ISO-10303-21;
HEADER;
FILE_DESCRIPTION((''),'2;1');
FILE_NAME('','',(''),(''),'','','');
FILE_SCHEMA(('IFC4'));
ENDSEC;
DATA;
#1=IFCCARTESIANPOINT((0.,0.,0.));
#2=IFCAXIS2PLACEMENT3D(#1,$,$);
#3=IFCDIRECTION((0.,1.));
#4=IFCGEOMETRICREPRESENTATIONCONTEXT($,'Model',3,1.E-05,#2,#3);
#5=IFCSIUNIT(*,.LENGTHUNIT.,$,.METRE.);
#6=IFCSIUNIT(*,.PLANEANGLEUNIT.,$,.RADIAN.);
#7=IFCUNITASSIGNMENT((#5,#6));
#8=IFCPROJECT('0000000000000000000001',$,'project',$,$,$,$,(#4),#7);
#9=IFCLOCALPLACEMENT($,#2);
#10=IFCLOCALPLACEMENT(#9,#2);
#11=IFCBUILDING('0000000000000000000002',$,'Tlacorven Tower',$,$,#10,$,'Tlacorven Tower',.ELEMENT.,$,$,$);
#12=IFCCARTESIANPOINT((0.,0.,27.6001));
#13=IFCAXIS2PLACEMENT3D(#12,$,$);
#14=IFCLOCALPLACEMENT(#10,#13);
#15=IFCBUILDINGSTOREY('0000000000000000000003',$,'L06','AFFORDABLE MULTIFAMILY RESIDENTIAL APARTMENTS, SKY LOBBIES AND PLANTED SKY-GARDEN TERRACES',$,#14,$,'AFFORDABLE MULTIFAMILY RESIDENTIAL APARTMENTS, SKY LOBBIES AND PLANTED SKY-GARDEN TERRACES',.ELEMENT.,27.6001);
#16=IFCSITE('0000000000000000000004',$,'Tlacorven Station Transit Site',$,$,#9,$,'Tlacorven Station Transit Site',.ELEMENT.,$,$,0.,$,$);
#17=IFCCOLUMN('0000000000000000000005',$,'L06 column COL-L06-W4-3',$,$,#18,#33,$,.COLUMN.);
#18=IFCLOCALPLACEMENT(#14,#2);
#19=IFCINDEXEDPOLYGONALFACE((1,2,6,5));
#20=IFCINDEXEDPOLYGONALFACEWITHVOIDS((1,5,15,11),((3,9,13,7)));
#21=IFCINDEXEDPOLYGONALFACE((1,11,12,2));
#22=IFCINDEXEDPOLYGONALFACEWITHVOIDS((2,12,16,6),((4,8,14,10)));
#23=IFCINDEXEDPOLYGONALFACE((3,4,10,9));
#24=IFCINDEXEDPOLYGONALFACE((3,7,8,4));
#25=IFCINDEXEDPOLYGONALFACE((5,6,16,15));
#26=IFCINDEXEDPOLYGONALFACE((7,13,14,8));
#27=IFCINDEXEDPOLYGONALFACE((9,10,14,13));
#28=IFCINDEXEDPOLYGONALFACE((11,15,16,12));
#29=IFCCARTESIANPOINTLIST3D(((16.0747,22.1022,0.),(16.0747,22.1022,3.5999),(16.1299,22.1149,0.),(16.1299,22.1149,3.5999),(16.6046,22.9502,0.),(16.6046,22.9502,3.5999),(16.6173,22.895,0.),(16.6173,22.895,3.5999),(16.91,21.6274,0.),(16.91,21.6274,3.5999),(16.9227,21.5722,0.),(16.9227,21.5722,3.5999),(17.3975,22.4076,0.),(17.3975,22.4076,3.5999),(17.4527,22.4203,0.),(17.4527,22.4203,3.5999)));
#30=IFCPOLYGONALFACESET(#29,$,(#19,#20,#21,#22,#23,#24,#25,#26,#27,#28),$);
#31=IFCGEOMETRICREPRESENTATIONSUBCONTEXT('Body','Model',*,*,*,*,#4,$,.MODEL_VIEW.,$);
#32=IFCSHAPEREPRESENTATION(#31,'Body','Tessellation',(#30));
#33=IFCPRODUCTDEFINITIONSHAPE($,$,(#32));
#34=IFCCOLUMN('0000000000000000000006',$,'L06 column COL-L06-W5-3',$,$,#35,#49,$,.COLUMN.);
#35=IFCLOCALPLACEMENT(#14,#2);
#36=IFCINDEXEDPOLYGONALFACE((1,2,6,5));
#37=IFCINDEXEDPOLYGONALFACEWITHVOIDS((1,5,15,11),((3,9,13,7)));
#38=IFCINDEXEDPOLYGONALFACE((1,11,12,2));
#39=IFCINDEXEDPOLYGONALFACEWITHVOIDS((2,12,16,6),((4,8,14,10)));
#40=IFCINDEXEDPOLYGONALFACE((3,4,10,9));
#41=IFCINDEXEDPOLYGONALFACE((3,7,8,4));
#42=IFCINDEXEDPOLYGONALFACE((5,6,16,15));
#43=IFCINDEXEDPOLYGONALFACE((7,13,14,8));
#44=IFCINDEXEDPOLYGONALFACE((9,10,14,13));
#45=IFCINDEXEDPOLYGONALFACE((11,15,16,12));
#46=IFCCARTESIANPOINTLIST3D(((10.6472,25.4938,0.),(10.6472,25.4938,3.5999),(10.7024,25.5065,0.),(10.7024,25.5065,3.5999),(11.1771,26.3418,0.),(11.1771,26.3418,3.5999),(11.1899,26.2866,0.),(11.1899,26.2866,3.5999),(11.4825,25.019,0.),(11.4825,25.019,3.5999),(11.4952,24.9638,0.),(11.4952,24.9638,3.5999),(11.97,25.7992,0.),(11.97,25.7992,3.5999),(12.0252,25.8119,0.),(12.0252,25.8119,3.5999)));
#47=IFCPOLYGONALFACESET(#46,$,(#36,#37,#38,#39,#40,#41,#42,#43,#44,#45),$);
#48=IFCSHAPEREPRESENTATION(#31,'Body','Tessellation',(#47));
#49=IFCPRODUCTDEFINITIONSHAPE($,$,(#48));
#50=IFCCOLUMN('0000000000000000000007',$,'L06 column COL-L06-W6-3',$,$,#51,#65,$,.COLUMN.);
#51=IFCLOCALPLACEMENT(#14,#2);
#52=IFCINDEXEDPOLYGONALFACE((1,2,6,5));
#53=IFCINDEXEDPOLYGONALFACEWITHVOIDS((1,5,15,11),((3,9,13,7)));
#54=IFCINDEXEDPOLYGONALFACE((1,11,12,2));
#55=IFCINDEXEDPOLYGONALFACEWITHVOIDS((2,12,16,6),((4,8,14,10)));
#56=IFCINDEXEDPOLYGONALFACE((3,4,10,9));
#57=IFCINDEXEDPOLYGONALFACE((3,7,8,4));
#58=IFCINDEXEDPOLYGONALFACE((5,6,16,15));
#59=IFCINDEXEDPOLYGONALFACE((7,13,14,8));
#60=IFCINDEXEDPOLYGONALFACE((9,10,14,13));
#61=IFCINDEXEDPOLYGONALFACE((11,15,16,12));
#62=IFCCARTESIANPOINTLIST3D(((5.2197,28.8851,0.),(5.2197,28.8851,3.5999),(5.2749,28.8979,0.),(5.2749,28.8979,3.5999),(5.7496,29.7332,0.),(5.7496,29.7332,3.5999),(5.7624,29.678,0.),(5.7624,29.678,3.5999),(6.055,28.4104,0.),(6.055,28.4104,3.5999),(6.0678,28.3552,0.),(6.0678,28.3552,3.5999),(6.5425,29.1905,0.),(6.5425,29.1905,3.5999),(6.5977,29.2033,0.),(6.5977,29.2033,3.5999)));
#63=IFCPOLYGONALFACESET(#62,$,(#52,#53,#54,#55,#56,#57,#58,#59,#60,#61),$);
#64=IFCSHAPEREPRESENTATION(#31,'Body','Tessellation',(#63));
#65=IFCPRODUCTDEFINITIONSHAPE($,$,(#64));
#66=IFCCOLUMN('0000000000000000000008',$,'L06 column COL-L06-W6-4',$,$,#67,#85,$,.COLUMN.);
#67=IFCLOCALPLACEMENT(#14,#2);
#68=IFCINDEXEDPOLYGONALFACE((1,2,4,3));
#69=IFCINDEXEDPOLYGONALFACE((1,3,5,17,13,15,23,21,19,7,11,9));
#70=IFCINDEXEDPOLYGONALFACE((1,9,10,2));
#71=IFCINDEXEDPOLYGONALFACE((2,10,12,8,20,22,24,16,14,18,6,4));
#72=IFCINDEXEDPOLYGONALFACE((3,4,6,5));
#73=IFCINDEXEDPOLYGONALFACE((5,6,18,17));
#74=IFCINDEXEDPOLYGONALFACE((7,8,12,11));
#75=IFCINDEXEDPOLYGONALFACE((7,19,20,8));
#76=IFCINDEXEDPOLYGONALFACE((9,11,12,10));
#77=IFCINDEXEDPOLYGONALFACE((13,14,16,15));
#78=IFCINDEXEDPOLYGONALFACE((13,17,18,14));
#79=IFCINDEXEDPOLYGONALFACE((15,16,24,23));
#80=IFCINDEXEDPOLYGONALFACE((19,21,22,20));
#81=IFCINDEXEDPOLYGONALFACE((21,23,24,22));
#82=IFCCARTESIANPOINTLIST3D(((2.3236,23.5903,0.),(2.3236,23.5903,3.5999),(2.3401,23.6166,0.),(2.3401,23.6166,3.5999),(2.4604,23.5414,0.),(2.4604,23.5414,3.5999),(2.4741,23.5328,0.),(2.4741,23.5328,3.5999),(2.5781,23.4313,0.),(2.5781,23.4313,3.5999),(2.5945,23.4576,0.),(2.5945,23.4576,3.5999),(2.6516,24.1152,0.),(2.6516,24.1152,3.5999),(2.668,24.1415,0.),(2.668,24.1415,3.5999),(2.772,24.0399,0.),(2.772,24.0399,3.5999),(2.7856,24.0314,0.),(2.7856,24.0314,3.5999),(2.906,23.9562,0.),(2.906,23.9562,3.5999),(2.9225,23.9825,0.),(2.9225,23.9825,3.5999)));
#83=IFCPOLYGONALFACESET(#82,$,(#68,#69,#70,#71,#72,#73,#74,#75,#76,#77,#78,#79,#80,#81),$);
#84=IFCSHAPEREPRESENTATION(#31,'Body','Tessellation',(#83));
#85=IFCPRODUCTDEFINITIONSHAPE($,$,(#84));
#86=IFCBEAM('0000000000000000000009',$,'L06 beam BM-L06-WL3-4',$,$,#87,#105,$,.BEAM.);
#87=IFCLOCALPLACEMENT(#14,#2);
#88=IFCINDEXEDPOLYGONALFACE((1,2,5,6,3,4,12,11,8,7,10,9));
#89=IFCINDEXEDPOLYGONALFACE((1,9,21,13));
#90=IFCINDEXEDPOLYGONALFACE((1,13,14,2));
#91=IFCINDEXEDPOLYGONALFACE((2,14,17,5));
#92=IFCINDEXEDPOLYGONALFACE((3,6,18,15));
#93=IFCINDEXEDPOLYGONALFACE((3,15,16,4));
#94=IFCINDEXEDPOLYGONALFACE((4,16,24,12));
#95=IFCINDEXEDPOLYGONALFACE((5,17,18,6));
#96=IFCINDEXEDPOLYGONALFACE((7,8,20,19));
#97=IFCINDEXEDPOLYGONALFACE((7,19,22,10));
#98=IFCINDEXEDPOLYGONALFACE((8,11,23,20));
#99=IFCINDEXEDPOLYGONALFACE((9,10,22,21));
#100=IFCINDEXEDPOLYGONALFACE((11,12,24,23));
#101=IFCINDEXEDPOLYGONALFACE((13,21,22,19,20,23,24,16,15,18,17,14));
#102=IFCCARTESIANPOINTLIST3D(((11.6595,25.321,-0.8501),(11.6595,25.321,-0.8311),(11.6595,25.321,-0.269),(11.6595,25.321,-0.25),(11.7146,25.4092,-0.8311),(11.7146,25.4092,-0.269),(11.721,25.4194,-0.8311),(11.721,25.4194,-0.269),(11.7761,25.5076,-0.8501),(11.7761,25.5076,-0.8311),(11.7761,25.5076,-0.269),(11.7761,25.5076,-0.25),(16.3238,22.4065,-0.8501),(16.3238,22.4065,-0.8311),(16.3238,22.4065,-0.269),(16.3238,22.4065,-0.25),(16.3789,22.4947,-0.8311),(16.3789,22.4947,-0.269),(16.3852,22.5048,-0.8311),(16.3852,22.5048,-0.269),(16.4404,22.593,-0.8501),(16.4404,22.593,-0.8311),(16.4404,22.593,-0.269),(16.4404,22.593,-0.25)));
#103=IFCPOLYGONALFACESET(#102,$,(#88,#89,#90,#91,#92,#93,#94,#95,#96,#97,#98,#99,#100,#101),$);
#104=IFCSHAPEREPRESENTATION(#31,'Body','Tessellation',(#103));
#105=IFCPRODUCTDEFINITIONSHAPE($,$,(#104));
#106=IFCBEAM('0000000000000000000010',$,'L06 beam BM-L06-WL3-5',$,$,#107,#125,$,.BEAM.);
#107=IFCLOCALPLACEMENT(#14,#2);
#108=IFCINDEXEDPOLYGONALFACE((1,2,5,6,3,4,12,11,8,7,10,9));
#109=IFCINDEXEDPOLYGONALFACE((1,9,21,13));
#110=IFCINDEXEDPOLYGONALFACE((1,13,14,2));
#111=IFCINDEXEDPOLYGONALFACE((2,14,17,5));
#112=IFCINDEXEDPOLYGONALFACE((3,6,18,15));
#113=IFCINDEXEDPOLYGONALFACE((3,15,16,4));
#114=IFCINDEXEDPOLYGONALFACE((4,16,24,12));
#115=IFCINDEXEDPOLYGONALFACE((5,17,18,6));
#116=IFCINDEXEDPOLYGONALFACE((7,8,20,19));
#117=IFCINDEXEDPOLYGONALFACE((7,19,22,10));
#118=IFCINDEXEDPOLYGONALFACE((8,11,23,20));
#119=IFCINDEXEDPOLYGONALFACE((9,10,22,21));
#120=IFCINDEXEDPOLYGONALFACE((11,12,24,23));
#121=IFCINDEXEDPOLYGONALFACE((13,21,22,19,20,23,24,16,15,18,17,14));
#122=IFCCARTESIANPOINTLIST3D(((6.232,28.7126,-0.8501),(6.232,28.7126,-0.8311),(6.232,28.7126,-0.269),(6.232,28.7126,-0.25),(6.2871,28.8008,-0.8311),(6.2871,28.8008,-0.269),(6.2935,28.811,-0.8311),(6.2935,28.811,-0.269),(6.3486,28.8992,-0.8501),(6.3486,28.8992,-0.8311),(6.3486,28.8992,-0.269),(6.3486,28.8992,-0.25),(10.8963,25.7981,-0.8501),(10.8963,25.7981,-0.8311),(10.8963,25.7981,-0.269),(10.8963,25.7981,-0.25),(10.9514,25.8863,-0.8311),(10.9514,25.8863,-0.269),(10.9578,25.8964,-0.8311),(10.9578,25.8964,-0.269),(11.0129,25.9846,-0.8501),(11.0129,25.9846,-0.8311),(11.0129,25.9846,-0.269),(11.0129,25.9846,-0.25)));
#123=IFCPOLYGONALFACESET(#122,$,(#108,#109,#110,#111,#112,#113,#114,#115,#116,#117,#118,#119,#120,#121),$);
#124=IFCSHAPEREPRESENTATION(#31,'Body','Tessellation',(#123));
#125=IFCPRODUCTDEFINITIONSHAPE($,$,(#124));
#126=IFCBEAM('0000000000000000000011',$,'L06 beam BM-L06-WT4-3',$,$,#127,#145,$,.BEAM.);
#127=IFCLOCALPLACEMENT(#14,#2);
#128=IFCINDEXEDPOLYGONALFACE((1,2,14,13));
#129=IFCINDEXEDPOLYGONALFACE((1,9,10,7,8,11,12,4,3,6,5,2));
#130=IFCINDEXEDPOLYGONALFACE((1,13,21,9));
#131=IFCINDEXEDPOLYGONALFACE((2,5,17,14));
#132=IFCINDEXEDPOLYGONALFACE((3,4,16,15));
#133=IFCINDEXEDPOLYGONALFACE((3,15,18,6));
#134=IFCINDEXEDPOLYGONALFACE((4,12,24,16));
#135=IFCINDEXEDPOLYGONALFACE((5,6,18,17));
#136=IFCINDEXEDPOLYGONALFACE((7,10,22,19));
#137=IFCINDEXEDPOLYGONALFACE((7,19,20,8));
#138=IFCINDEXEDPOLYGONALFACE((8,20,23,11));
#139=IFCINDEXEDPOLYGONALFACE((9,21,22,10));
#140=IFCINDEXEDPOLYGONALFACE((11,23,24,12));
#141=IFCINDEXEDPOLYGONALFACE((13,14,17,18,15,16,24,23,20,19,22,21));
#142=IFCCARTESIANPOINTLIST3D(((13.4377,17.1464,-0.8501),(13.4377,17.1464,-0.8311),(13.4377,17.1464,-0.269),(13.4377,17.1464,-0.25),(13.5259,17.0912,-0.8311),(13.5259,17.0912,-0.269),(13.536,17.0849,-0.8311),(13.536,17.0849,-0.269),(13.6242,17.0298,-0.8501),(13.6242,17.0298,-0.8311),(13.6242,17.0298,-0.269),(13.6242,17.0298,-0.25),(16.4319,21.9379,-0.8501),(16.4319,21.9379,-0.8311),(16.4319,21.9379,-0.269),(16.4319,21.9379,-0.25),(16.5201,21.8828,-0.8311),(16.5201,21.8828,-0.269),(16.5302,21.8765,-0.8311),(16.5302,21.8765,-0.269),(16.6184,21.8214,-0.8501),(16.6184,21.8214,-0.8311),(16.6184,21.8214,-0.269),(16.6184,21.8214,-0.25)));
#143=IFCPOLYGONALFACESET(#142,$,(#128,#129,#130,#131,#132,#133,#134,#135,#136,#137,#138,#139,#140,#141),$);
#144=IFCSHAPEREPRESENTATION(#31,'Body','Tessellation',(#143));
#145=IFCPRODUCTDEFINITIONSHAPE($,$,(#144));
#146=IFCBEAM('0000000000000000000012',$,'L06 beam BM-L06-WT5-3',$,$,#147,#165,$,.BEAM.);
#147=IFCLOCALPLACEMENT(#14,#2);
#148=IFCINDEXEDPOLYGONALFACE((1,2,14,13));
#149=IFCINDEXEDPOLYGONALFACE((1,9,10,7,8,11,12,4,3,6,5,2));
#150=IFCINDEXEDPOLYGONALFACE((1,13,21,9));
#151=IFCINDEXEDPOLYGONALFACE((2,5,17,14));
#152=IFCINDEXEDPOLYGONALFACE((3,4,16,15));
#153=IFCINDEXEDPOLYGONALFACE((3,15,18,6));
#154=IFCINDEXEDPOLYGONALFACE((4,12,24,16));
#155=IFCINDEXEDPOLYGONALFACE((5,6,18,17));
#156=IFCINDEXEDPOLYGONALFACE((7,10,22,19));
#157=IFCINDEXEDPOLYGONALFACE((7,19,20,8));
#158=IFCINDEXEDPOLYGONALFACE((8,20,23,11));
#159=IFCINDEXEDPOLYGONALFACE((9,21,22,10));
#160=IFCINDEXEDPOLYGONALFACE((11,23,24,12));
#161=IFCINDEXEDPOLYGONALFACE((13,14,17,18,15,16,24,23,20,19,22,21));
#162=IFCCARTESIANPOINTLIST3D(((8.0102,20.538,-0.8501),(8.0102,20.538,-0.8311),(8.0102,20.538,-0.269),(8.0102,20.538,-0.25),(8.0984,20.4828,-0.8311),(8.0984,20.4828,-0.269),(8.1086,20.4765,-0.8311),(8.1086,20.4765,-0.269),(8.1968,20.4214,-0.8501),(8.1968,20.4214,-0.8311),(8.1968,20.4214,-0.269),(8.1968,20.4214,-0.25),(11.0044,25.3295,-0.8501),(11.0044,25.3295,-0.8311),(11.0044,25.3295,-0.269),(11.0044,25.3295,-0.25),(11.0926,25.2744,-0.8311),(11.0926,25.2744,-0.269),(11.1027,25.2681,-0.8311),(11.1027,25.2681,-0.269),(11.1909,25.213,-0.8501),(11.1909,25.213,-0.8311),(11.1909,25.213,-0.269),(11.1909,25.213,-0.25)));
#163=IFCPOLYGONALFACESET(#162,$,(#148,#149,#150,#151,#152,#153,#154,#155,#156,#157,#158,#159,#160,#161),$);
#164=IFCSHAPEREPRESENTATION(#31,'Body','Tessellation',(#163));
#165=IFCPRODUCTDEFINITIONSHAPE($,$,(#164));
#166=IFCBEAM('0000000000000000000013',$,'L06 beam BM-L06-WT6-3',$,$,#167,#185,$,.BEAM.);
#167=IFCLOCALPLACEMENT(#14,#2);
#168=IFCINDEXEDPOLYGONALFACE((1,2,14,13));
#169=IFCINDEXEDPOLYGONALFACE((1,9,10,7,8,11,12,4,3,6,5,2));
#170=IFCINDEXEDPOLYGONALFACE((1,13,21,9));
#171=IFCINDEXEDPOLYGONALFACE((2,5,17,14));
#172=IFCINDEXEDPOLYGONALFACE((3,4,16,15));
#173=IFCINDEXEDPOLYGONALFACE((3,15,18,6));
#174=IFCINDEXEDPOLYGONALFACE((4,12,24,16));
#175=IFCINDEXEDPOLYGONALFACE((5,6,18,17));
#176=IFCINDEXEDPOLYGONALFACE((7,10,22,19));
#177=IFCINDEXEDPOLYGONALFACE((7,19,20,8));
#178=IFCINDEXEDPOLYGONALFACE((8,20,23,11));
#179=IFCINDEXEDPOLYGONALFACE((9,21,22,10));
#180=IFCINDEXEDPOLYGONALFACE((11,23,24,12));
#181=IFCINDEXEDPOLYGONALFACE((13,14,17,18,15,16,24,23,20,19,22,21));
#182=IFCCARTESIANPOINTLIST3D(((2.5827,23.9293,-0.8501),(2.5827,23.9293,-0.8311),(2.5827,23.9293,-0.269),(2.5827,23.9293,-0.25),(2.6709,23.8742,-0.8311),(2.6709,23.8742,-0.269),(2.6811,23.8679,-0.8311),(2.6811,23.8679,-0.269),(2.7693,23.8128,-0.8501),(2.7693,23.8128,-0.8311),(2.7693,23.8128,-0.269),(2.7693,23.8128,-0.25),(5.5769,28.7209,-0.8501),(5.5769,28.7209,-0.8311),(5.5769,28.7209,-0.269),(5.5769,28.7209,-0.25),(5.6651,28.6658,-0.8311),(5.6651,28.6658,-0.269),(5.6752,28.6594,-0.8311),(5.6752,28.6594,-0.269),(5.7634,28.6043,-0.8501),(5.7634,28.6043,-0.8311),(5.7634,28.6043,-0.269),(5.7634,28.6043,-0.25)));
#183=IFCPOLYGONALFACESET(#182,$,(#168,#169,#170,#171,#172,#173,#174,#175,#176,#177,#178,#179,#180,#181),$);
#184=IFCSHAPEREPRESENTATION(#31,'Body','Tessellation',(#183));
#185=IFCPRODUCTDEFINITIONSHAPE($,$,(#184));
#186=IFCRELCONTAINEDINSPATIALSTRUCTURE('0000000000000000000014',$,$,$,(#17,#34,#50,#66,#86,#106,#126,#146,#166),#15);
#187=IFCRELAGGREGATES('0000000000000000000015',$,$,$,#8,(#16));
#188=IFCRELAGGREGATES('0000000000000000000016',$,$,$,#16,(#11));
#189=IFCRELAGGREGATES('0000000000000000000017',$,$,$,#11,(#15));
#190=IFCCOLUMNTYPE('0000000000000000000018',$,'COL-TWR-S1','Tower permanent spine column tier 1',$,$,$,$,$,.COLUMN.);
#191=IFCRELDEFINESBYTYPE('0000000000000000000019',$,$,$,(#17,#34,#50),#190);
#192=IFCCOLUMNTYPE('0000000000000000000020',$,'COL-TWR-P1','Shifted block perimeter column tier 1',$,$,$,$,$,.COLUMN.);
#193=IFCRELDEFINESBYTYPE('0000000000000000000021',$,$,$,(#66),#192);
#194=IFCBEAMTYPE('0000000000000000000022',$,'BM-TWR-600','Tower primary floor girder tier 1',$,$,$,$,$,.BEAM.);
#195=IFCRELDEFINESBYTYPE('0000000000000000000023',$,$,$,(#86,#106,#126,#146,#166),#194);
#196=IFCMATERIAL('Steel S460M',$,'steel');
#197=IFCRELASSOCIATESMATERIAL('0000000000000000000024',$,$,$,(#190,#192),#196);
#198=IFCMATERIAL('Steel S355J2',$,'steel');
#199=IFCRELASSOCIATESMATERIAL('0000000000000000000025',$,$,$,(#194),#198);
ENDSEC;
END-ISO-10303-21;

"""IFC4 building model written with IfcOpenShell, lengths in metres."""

from ifc_helpers import new_model, si_unit, direction, frame, origin, origin_2d, place, context, subcontext, project, spatial, hollow_rectangle, i_section, extrude, source, transform, mapped, material, material_profile, profile_set, type_object, element, save


model = new_model("IFC4")

# Units and contexts
model_context = context("Model", 3, precision=1e-05, world=origin(), true_north=direction((0.0, 1.0)))
body_context = subcontext(model_context, "Body", "Model", "MODEL_VIEW")
ifc_project = project(units=[si_unit("LENGTHUNIT", "METRE"), si_unit("PLANEANGLEUNIT", "RADIAN")], contexts=[model_context])

# Site, building, storey
site_placement = place(None, origin())
site = spatial("IfcSite", under=ifc_project, at=site_placement, Name="Tlacorven Station Transit Site", LongName="Tlacorven Station Transit Site", CompositionType="ELEMENT", RefElevation=0.0)
building_placement = place(site_placement, origin())
building = spatial("IfcBuilding", under=site, at=building_placement, Name="Tlacorven Tower", LongName="Tlacorven Tower", CompositionType="ELEMENT")
storey_placement = place(building_placement, frame((0.0, 0.0, 27.6001)))
storey = spatial("IfcBuildingStorey", under=building, at=storey_placement, Name="L06", Description="AFFORDABLE MULTIFAMILY RESIDENTIAL APARTMENTS, SKY LOBBIES AND PLANTED SKY-GARDEN TERRACES", LongName="AFFORDABLE MULTIFAMILY RESIDENTIAL APARTMENTS, SKY LOBBIES AND PLANTED SKY-GARDEN TERRACES", CompositionType="ELEMENT", Elevation=27.6001)

# Columns
ifc_material_1 = material(Name="Steel S460M", Category="steel")
ifc_material_profile_1 = material_profile(ifc_material_1, hollow_rectangle(XDim=1.0, YDim=1.0, WallThickness=0.04, at=origin_2d()), Name="BOX 1000X1000X40")
ifc_profile_set_1 = profile_set([ifc_material_profile_1], Name="Steel S460M")
column_type_1 = type_object("IfcColumnType", Name="COL-TWR-S1", Description="Tower permanent spine column tier 1", PredefinedType="COLUMN", material=ifc_profile_set_1)
shared_shape_1 = source(origin(), body_context, "Body", "SweptSolid", [
    extrude(hollow_rectangle(XDim=1.0, YDim=1.0, WallThickness=0.04, at=origin_2d()), origin(), (0.0, 0.0, 1.0), 3.5999),
])
for number, where, z_axis, x_axis, name in (
    (1, (16.7637, 22.2612, 0.0), (0.0, 0.0, 1.0), (-0.848048, 0.529919, 0.0), "L06 column COL-L06-W4-3"),
    (2, (11.3362, 25.6528, 0.0), (0.0, 0.0, 1.0), (-0.848048, 0.529919, 0.0), "L06 column COL-L06-W5-3"),
    (3, (5.9087, 29.0442, 0.0), (0.0, 0.0, 1.0), (-0.848048, 0.529919, 0.0), "L06 column COL-L06-W6-3"),
):
    element("IfcColumn", number, at=place(storey_placement, frame(where, z_axis=z_axis, x_axis=x_axis)), inside=storey, type_object=column_type_1, Name=name, PredefinedType="COLUMN", context=body_context, shape_type="MappedRepresentation", body=[
        mapped(shared_shape_1, transform((0.0, 0.0, 0.0), scale=1.0)),
    ])
ifc_material_profile_2 = material_profile(ifc_material_1, i_section(OverallWidth=0.3, OverallDepth=0.6499, WebThickness=0.0161, FlangeThickness=0.031, at=origin_2d()), Name="HEB 650")
ifc_profile_set_2 = profile_set([ifc_material_profile_2], Name="Steel S460M")
column_type_2 = type_object("IfcColumnType", Name="COL-TWR-P1", Description="Shifted block perimeter column tier 1", PredefinedType="COLUMN", material=ifc_profile_set_2)
shared_shape_2 = source(origin(), body_context, "Body", "SweptSolid", [
    extrude(i_section(OverallWidth=0.3, OverallDepth=0.6499, WebThickness=0.0161, FlangeThickness=0.031, at=origin_2d()), origin(), (0.0, 0.0, 1.0), 3.5999),
])
column_placement = place(storey_placement, frame((2.623, 23.7864, 0.0), z_axis=(0.0, 0.0, 1.0), x_axis=(-0.848048, 0.529919, 0.0)))
element("IfcColumn", 4, at=column_placement, inside=storey, type_object=column_type_2, Name="L06 column COL-L06-W6-4", PredefinedType="COLUMN", context=body_context, shape_type="MappedRepresentation", body=[
    mapped(shared_shape_2, transform((0.0, 0.0, 0.0), scale=1.0)),
])

# Beams
ifc_material_2 = material(Name="Steel S355J2", Category="steel")
ifc_material_profile_3 = material_profile(ifc_material_2, i_section(OverallWidth=0.22, OverallDepth=0.6001, WebThickness=0.012, FlangeThickness=0.019, at=origin_2d()), Name="IPE 600")
ifc_profile_set_3 = profile_set([ifc_material_profile_3], Name="Steel S355J2")
beam_type_1 = type_object("IfcBeamType", Name="BM-TWR-600", Description="Tower primary floor girder tier 1", PredefinedType="BEAM", material=ifc_profile_set_3)
shared_shape_3 = source(origin(), body_context, "Body", "SweptSolid", [
    extrude(i_section(OverallWidth=0.22, OverallDepth=0.6001, WebThickness=0.012, FlangeThickness=0.019, at=origin_2d()), origin(), (0.0, 0.0, 1.0), 5.5),
])
for number, where, z_axis, x_axis, name in (
    (5, (16.3821, 22.4998, -0.55), (-0.848051, 0.529915, 0.0), (-0.529915, -0.848051, 0.0), "L06 beam BM-L06-WL3-4"),
    (6, (10.9546, 25.8914, -0.55), (-0.848051, 0.529915, 0.0), (-0.529915, -0.848051, 0.0), "L06 beam BM-L06-WL3-5"),
):
    element("IfcBeam", number, at=place(storey_placement, frame(where, z_axis=z_axis, x_axis=x_axis)), inside=storey, type_object=beam_type_1, Name=name, PredefinedType="BEAM", context=body_context, shape_type="MappedRepresentation", body=[
        mapped(shared_shape_3, transform((0.0, 0.0, 0.0), scale=1.0)),
    ])
shared_shape_4 = source(origin(), body_context, "Body", "SweptSolid", [
    extrude(i_section(OverallWidth=0.22, OverallDepth=0.6001, WebThickness=0.012, FlangeThickness=0.019, at=origin_2d()), origin(), (0.0, 0.0, 1.0), 5.6501),
])
for number, where, z_axis, x_axis, name in (
    (7, (16.5251, 21.8796, -0.55), (-0.529929, -0.848042, 0.0), (0.848042, -0.529929, 0.0), "L06 beam BM-L06-WT4-3"),
    (8, (11.0977, 25.2712, -0.55), (-0.529929, -0.848042, 0.0), (0.848042, -0.529929, 0.0), "L06 beam BM-L06-WT5-3"),
    (9, (5.6702, 28.6626, -0.55), (-0.529929, -0.848042, 0.0), (0.848042, -0.529929, 0.0), "L06 beam BM-L06-WT6-3"),
):
    element("IfcBeam", number, at=place(storey_placement, frame(where, z_axis=z_axis, x_axis=x_axis)), inside=storey, type_object=beam_type_1, Name=name, PredefinedType="BEAM", context=body_context, shape_type="MappedRepresentation", body=[
        mapped(shared_shape_4, transform((0.0, 0.0, 0.0), scale=1.0)),
    ])

save(model, "model.ifc")
